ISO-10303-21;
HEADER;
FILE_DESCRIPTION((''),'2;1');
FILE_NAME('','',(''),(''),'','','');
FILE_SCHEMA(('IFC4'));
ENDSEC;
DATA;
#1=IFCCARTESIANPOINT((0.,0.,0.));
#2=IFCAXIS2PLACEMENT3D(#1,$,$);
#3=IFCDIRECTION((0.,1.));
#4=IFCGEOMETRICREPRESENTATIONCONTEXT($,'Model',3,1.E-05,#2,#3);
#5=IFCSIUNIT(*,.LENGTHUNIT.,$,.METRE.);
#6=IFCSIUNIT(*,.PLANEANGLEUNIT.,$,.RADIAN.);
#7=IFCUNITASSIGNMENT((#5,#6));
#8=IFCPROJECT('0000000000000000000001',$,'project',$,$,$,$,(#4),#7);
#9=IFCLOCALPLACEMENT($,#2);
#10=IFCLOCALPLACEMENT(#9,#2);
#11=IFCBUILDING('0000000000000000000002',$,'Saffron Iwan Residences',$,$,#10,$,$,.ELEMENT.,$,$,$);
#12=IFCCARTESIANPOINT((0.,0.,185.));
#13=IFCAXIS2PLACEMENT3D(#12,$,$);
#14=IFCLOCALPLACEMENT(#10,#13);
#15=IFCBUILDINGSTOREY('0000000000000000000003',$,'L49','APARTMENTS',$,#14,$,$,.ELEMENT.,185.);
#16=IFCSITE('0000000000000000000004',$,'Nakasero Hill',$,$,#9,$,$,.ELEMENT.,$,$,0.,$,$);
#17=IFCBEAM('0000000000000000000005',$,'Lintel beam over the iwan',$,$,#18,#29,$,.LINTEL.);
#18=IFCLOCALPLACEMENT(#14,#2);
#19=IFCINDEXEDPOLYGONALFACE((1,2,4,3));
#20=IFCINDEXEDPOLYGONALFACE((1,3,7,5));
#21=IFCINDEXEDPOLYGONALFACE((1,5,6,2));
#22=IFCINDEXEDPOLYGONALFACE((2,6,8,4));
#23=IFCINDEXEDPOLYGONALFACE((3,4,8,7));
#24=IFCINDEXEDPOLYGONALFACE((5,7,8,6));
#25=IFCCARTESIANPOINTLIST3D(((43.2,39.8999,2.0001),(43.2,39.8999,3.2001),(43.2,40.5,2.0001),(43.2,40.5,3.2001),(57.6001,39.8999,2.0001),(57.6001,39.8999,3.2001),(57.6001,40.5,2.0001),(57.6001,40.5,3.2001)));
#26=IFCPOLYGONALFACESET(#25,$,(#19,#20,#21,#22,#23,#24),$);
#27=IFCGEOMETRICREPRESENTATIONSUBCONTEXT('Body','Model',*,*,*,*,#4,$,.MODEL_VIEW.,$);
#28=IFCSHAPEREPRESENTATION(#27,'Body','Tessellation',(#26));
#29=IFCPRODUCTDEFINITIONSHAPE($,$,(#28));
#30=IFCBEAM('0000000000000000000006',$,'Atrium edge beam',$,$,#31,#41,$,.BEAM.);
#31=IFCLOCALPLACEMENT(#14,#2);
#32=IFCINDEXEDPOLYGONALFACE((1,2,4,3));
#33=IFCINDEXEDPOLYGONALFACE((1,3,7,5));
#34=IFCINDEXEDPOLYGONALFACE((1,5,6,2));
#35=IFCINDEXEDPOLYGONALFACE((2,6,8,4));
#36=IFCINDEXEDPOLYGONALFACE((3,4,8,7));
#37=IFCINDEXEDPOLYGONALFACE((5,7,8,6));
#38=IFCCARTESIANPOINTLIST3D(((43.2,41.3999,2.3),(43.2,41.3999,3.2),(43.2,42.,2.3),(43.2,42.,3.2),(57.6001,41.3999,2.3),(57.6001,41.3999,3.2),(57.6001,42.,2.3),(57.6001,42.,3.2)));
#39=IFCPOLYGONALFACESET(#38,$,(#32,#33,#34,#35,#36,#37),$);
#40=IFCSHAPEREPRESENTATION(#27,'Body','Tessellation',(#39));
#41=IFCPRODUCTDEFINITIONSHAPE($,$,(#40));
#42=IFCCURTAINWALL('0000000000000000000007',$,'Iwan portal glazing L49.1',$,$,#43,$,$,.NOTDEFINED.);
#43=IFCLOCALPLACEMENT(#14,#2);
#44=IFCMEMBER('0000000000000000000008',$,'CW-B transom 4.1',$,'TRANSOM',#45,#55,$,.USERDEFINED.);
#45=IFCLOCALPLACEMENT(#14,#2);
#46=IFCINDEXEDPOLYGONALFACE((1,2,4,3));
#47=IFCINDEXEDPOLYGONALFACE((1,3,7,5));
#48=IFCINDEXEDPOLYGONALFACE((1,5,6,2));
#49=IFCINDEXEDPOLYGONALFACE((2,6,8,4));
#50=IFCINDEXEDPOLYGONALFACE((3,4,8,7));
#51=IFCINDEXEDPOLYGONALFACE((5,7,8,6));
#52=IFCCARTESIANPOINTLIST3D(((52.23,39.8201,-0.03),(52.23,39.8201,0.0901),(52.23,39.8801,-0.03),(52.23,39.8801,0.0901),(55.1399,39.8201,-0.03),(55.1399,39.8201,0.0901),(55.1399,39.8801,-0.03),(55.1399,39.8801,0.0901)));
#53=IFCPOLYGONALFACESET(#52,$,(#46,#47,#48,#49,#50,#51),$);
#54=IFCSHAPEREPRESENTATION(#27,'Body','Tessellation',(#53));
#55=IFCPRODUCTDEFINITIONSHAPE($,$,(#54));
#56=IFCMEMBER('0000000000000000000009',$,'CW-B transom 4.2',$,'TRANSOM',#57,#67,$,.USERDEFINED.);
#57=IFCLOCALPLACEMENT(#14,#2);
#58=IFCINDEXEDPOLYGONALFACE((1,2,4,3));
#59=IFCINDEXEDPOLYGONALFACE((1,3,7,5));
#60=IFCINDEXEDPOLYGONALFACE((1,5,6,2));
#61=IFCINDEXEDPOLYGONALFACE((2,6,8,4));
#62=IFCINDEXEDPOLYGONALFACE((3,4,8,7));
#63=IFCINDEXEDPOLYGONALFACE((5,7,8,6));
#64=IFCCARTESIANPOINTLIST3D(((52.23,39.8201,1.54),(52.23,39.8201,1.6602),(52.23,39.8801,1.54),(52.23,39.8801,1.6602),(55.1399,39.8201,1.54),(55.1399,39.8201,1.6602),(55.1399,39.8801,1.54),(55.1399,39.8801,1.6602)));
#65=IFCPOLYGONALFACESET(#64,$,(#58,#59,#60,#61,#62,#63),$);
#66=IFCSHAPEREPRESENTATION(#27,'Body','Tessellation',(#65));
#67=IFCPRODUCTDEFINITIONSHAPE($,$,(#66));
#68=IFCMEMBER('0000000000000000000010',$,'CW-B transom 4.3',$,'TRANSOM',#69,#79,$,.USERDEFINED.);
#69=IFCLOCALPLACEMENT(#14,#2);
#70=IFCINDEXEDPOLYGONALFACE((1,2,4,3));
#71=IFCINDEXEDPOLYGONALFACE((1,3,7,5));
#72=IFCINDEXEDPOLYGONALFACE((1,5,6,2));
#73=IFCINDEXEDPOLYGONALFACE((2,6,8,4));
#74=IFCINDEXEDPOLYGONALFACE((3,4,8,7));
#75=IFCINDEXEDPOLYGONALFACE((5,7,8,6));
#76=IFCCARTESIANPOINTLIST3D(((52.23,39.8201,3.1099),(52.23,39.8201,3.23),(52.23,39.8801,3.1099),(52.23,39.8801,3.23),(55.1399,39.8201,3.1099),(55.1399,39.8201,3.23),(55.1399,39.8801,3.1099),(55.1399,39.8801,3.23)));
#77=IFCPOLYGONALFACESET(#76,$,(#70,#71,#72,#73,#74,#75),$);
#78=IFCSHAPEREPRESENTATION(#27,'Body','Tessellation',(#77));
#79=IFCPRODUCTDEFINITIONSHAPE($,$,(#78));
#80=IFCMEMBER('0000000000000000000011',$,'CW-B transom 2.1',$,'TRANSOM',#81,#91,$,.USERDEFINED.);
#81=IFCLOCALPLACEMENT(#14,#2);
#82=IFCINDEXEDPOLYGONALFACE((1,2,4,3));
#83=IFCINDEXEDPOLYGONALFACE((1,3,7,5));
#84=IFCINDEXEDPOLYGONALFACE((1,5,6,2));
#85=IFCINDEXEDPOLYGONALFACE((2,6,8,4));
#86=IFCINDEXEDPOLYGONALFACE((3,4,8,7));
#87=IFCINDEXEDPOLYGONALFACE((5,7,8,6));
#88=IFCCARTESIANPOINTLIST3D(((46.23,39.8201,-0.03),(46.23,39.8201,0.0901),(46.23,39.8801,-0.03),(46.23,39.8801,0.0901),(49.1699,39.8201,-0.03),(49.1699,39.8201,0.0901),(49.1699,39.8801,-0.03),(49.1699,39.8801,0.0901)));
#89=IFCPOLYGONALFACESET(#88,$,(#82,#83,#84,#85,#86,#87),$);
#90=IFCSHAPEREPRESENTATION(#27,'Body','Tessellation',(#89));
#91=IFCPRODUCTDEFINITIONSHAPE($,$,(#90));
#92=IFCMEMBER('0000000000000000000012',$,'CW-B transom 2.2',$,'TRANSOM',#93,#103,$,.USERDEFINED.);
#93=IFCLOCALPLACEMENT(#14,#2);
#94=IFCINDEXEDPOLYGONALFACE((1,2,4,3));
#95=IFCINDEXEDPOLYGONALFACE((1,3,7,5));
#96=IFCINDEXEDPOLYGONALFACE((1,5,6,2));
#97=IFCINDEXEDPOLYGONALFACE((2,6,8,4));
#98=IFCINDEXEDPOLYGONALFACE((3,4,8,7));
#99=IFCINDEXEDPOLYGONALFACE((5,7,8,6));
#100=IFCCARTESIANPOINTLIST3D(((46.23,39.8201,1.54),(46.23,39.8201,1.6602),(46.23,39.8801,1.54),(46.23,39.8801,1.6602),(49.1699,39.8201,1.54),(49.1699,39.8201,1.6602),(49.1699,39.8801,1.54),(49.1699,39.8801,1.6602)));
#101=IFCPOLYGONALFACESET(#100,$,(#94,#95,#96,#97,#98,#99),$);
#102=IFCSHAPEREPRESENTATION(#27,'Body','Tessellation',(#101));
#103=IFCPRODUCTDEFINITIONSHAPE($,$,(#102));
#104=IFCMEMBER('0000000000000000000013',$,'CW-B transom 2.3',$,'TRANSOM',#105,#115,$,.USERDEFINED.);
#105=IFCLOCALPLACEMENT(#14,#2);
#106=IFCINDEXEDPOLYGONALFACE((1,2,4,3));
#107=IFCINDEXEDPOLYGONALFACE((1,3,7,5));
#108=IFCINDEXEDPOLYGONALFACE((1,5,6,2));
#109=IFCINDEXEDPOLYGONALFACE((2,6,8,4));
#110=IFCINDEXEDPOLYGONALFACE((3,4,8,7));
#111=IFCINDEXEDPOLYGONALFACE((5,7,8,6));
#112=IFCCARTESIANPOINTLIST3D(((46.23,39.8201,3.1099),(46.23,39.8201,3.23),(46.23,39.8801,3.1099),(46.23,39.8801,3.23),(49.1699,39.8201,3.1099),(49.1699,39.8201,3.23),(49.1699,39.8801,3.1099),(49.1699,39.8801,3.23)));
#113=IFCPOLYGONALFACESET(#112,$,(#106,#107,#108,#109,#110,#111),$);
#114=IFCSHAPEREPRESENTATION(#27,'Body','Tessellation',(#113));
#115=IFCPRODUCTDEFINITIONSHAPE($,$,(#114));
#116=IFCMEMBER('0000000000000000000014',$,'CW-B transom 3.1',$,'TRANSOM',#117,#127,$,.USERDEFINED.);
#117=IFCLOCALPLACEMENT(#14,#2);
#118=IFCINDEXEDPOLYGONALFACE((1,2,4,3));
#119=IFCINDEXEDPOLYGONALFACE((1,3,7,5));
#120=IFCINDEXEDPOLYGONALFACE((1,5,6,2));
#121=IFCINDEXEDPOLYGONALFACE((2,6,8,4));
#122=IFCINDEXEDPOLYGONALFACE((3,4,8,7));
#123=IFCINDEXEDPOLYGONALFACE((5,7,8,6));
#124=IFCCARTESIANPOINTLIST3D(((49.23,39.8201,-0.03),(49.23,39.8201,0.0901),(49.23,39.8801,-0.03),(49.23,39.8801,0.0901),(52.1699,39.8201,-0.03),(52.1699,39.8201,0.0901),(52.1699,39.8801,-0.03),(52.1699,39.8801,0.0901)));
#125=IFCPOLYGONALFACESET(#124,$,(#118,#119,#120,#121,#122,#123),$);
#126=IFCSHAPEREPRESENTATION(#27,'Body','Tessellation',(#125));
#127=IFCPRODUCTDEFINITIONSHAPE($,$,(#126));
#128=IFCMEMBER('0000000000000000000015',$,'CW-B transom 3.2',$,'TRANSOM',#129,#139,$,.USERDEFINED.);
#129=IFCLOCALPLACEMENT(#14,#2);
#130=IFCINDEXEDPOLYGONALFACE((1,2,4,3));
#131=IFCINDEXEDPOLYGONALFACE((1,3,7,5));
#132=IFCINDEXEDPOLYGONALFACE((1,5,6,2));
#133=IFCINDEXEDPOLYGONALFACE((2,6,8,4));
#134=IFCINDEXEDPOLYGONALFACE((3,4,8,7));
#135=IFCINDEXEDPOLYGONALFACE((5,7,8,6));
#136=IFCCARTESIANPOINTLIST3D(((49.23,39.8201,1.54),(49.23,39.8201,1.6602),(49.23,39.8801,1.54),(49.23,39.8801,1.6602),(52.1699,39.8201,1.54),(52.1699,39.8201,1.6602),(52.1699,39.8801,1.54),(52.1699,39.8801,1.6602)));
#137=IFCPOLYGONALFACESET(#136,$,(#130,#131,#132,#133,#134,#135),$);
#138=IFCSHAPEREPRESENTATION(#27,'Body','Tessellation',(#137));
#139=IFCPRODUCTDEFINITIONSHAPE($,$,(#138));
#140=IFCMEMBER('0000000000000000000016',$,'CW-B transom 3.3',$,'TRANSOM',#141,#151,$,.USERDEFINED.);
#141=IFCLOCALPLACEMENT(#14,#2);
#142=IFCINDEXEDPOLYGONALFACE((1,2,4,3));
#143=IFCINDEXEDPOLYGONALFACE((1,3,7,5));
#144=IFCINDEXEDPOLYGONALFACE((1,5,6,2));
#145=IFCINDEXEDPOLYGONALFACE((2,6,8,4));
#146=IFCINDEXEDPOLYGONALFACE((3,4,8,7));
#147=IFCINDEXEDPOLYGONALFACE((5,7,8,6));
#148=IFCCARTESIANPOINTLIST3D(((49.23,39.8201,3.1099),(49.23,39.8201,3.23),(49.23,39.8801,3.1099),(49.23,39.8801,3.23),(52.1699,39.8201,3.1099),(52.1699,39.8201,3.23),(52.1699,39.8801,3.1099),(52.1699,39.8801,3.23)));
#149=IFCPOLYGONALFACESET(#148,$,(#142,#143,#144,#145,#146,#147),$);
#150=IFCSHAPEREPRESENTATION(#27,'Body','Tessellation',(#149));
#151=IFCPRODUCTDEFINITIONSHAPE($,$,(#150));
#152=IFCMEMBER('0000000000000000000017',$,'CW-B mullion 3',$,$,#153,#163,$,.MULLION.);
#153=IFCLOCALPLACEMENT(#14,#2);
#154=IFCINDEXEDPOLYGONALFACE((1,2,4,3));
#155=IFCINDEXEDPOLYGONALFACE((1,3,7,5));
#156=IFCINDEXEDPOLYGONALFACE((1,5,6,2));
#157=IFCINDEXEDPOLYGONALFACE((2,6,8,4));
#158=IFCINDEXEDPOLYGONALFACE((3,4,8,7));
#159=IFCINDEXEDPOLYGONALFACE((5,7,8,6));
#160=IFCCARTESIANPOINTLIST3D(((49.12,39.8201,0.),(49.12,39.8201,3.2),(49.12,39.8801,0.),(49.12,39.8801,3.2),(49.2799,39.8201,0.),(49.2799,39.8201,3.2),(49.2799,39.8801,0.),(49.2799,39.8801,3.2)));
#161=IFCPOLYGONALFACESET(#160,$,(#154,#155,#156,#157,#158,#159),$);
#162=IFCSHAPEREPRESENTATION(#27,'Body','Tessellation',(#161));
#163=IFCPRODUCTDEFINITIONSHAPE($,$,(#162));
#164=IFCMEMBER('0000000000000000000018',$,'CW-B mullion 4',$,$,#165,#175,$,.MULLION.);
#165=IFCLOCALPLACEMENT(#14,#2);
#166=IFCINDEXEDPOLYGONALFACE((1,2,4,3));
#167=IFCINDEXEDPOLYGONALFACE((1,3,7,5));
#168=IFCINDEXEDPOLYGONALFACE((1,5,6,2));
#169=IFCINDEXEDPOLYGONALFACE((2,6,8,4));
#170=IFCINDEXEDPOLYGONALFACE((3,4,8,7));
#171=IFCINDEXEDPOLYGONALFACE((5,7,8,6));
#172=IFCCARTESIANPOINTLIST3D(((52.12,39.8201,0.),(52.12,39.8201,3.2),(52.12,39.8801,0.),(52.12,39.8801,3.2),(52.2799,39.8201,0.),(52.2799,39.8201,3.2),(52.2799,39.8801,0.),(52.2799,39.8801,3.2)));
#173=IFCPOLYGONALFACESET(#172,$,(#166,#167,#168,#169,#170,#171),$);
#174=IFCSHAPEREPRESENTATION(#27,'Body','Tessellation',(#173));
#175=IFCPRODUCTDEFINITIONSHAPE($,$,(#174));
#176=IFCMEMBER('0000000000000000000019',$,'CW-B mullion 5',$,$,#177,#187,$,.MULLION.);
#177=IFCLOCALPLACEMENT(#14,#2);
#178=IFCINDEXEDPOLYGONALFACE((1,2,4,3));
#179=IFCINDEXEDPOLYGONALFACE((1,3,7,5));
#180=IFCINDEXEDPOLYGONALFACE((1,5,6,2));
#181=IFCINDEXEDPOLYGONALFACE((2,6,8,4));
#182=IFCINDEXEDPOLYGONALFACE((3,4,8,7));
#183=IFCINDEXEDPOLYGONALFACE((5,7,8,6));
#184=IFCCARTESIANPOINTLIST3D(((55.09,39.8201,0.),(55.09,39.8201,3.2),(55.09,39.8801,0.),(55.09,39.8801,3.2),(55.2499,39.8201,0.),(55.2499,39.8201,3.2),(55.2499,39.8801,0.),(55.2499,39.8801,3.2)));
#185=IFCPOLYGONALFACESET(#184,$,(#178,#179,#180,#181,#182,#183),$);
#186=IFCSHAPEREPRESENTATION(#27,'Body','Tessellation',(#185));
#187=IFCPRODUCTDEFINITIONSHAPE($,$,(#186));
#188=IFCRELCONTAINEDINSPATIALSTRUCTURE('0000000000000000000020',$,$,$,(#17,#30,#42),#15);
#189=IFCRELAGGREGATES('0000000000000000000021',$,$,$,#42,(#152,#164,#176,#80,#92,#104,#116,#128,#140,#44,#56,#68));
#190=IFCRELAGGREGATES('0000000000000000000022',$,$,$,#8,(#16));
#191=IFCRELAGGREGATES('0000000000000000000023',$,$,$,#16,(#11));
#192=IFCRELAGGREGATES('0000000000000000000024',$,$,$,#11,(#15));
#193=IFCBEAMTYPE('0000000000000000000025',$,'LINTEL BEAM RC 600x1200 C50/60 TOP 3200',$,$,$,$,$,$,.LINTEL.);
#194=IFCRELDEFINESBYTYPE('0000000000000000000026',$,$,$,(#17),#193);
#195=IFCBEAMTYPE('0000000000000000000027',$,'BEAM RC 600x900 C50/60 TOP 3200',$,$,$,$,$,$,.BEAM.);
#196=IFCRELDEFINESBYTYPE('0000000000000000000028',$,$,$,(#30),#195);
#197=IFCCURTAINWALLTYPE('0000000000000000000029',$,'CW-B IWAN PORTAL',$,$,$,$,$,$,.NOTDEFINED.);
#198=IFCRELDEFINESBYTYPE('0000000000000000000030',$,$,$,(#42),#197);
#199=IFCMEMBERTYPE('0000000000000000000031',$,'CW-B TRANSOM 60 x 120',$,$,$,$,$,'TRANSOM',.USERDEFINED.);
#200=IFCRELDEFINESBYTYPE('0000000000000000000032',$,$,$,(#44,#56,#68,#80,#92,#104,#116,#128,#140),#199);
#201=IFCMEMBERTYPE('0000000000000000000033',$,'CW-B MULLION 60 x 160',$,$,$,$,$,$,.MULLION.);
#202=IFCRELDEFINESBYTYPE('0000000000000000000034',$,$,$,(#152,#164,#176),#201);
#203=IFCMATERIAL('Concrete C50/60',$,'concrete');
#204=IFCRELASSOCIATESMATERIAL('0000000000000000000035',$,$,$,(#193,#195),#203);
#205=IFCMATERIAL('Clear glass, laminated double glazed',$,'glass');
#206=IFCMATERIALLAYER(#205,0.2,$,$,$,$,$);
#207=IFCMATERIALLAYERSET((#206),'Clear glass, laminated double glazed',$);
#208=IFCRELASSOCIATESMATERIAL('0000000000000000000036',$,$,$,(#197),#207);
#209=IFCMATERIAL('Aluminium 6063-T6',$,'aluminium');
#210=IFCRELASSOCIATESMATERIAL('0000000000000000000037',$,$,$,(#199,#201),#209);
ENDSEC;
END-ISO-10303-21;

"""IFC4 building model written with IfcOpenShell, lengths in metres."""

from ifc_helpers import new_model, si_unit, direction, frame, origin, origin_2d, place, context, subcontext, project, spatial, rectangle, extrude, source, transform, mapped, material, layer, layer_set, material_profile, profile_set, type_object, element, aggregate, save


model = new_model("IFC4")

# Units and contexts
model_context = context("Model", 3, precision=1e-05, world=origin(), true_north=direction((0.0, 1.0)))
body_context = subcontext(model_context, "Body", "Model", "MODEL_VIEW")
ifc_project = project(units=[si_unit("LENGTHUNIT", "METRE"), si_unit("PLANEANGLEUNIT", "RADIAN")], contexts=[model_context])

# Site, building, storey
site_placement = place(None, origin())
site = spatial("IfcSite", under=ifc_project, at=site_placement, Name="Nakasero Hill", CompositionType="ELEMENT", RefElevation=0.0)
building_placement = place(site_placement, origin())
building = spatial("IfcBuilding", under=site, at=building_placement, Name="Saffron Iwan Residences", CompositionType="ELEMENT")
storey_placement = place(building_placement, frame((0.0, 0.0, 185.0)))
storey = spatial("IfcBuildingStorey", under=building, at=storey_placement, Name="L49", Description="APARTMENTS", CompositionType="ELEMENT", Elevation=185.0)

# Beams
ifc_material_1 = material(Name="Concrete C50/60", Category="concrete")
ifc_material_profile_1 = material_profile(ifc_material_1, rectangle(XDim=0.6001, YDim=1.2, at=origin_2d()), Name="RC 600x1200")
ifc_profile_set_1 = profile_set([ifc_material_profile_1], Name="Concrete C50/60")
beam_type_1 = type_object("IfcBeamType", Name="LINTEL BEAM RC 600x1200 C50/60 TOP 3200", PredefinedType="LINTEL", material=ifc_profile_set_1)
shared_shape_1 = source(origin(), body_context, "Body", "SweptSolid", [
    extrude(rectangle(XDim=0.6001, YDim=1.2, at=origin_2d()), origin(), (0.0, 0.0, 1.0), 14.4001),
])
beam_1_placement = place(storey_placement, frame((57.6001, 40.2, 2.6001), z_axis=(-1.0, 0.0, 0.0), x_axis=(0.0, -1.0, 0.0)))
element("IfcBeam", 1, at=beam_1_placement, inside=storey, type_object=beam_type_1, Name="Lintel beam over the iwan", PredefinedType="LINTEL", context=body_context, shape_type="MappedRepresentation", body=[
    mapped(shared_shape_1, transform((0.0, 0.0, 0.0))),
])
ifc_material_profile_2 = material_profile(ifc_material_1, rectangle(XDim=0.6001, YDim=0.8999, at=origin_2d()), Name="RC 600x900")
ifc_profile_set_2 = profile_set([ifc_material_profile_2], Name="Concrete C50/60")
beam_type_2 = type_object("IfcBeamType", Name="BEAM RC 600x900 C50/60 TOP 3200", PredefinedType="BEAM", material=ifc_profile_set_2)
shared_shape_2 = source(origin(), body_context, "Body", "SweptSolid", [
    extrude(rectangle(XDim=0.6001, YDim=0.8999, at=origin_2d()), origin(), (0.0, 0.0, 1.0), 14.4001),
])
beam_2_placement = place(storey_placement, frame((57.6001, 41.7, 2.75), z_axis=(-1.0, 0.0, 0.0), x_axis=(0.0, -1.0, 0.0)))
element("IfcBeam", 2, at=beam_2_placement, inside=storey, type_object=beam_type_2, Name="Atrium edge beam", PredefinedType="BEAM", context=body_context, shape_type="MappedRepresentation", body=[
    mapped(shared_shape_2, transform((0.0, 0.0, 0.0))),
])

# Curtain wall, members
ifc_material_2 = material(Name="Clear glass, laminated double glazed", Category="glass")
ifc_layer_1 = layer(ifc_material_2, 0.2)
ifc_layer_set_1 = layer_set([ifc_layer_1], Name="Clear glass, laminated double glazed")
curtain_wall_type = type_object("IfcCurtainWallType", Name="CW-B IWAN PORTAL", PredefinedType="NOTDEFINED", material=ifc_layer_set_1)
curtain_wall_placement = place(storey_placement, origin())
curtain_wall = element("IfcCurtainWall", 3, at=curtain_wall_placement, inside=storey, type_object=curtain_wall_type, Name="Iwan portal glazing L49.1", PredefinedType="NOTDEFINED")
ifc_material_3 = material(Name="Aluminium 6063-T6", Category="aluminium")
ifc_material_profile_3 = material_profile(ifc_material_3, rectangle(XDim=0.0601, YDim=0.1201, at=origin_2d()), Name="CW-B TRANSOM 60 x 120")
ifc_profile_set_3 = profile_set([ifc_material_profile_3], Name="Aluminium 6063-T6")
member_type_1 = type_object("IfcMemberType", Name="CW-B TRANSOM 60 x 120", ElementType="TRANSOM", PredefinedType="USERDEFINED", material=ifc_profile_set_3)
shared_shape_3 = source(origin(), body_context, "Body", "SweptSolid", [
    extrude(rectangle(XDim=0.0601, YDim=0.1201, at=origin_2d()), origin(), (0.0, 0.0, 1.0), 2.9099),
])
member_1_placement = place(storey_placement, frame((52.23, 39.8501, 0.03), z_axis=(1.0, 0.0, 0.0), x_axis=(0.0, 1.0, 0.0)))
member_1 = element("IfcMember", 4, at=member_1_placement, type_object=member_type_1, Name="CW-B transom 4.1", ObjectType="TRANSOM", PredefinedType="USERDEFINED", context=body_context, shape_type="MappedRepresentation", body=[
    mapped(shared_shape_3, transform((0.0, 0.0, 0.0))),
])
member_2_placement = place(storey_placement, frame((52.23, 39.8501, 1.6001), z_axis=(1.0, 0.0, 0.0), x_axis=(0.0, 1.0, 0.0)))
member_2 = element("IfcMember", 5, at=member_2_placement, type_object=member_type_1, Name="CW-B transom 4.2", ObjectType="TRANSOM", PredefinedType="USERDEFINED", context=body_context, shape_type="MappedRepresentation", body=[
    mapped(shared_shape_3, transform((0.0, 0.0, 0.0))),
])
member_3_placement = place(storey_placement, frame((52.23, 39.8501, 3.1699), z_axis=(1.0, 0.0, 0.0), x_axis=(0.0, 1.0, 0.0)))
member_3 = element("IfcMember", 6, at=member_3_placement, type_object=member_type_1, Name="CW-B transom 4.3", ObjectType="TRANSOM", PredefinedType="USERDEFINED", context=body_context, shape_type="MappedRepresentation", body=[
    mapped(shared_shape_3, transform((0.0, 0.0, 0.0))),
])
shared_shape_4 = source(origin(), body_context, "Body", "SweptSolid", [
    extrude(rectangle(XDim=0.0601, YDim=0.1201, at=origin_2d()), origin(), (0.0, 0.0, 1.0), 2.9399),
])
member_4_placement = place(storey_placement, frame((46.23, 39.8501, 0.03), z_axis=(1.0, 0.0, 0.0), x_axis=(0.0, 1.0, 0.0)))
member_4 = element("IfcMember", 7, at=member_4_placement, type_object=member_type_1, Name="CW-B transom 2.1", ObjectType="TRANSOM", PredefinedType="USERDEFINED", context=body_context, shape_type="MappedRepresentation", body=[
    mapped(shared_shape_4, transform((0.0, 0.0, 0.0))),
])
member_5_placement = place(storey_placement, frame((46.23, 39.8501, 1.6001), z_axis=(1.0, 0.0, 0.0), x_axis=(0.0, 1.0, 0.0)))
member_5 = element("IfcMember", 8, at=member_5_placement, type_object=member_type_1, Name="CW-B transom 2.2", ObjectType="TRANSOM", PredefinedType="USERDEFINED", context=body_context, shape_type="MappedRepresentation", body=[
    mapped(shared_shape_4, transform((0.0, 0.0, 0.0))),
])
member_6_placement = place(storey_placement, frame((46.23, 39.8501, 3.1699), z_axis=(1.0, 0.0, 0.0), x_axis=(0.0, 1.0, 0.0)))
member_6 = element("IfcMember", 9, at=member_6_placement, type_object=member_type_1, Name="CW-B transom 2.3", ObjectType="TRANSOM", PredefinedType="USERDEFINED", context=body_context, shape_type="MappedRepresentation", body=[
    mapped(shared_shape_4, transform((0.0, 0.0, 0.0))),
])
member_7_placement = place(storey_placement, frame((49.23, 39.8501, 0.03), z_axis=(1.0, 0.0, 0.0), x_axis=(0.0, 1.0, 0.0)))
member_7 = element("IfcMember", 10, at=member_7_placement, type_object=member_type_1, Name="CW-B transom 3.1", ObjectType="TRANSOM", PredefinedType="USERDEFINED", context=body_context, shape_type="MappedRepresentation", body=[
    mapped(shared_shape_4, transform((0.0, 0.0, 0.0))),
])
member_8_placement = place(storey_placement, frame((49.23, 39.8501, 1.6001), z_axis=(1.0, 0.0, 0.0), x_axis=(0.0, 1.0, 0.0)))
member_8 = element("IfcMember", 11, at=member_8_placement, type_object=member_type_1, Name="CW-B transom 3.2", ObjectType="TRANSOM", PredefinedType="USERDEFINED", context=body_context, shape_type="MappedRepresentation", body=[
    mapped(shared_shape_4, transform((0.0, 0.0, 0.0))),
])
member_9_placement = place(storey_placement, frame((49.23, 39.8501, 3.1699), z_axis=(1.0, 0.0, 0.0), x_axis=(0.0, 1.0, 0.0)))
member_9 = element("IfcMember", 12, at=member_9_placement, type_object=member_type_1, Name="CW-B transom 3.3", ObjectType="TRANSOM", PredefinedType="USERDEFINED", context=body_context, shape_type="MappedRepresentation", body=[
    mapped(shared_shape_4, transform((0.0, 0.0, 0.0))),
])
ifc_material_profile_4 = material_profile(ifc_material_3, rectangle(XDim=0.0601, YDim=0.1599, at=origin_2d()), Name="CW-B MULLION 60 x 160")
ifc_profile_set_4 = profile_set([ifc_material_profile_4], Name="Aluminium 6063-T6")
member_type_2 = type_object("IfcMemberType", Name="CW-B MULLION 60 x 160", PredefinedType="MULLION", material=ifc_profile_set_4)
shared_shape_5 = source(origin(), body_context, "Body", "SweptSolid", [
    extrude(rectangle(XDim=0.0601, YDim=0.1599, at=origin_2d()), origin(), (0.0, 0.0, 1.0), 3.2),
])
member_10_placement = place(storey_placement, frame((49.2, 39.8501, 0.0), z_axis=(0.0, 0.0, 1.0), x_axis=(0.0, 1.0, 0.0)))
member_10 = element("IfcMember", 13, at=member_10_placement, type_object=member_type_2, Name="CW-B mullion 3", PredefinedType="MULLION", context=body_context, shape_type="MappedRepresentation", body=[
    mapped(shared_shape_5, transform((0.0, 0.0, 0.0))),
])
member_11_placement = place(storey_placement, frame((52.2, 39.8501, 0.0), z_axis=(0.0, 0.0, 1.0), x_axis=(0.0, 1.0, 0.0)))
member_11 = element("IfcMember", 14, at=member_11_placement, type_object=member_type_2, Name="CW-B mullion 4", PredefinedType="MULLION", context=body_context, shape_type="MappedRepresentation", body=[
    mapped(shared_shape_5, transform((0.0, 0.0, 0.0))),
])
member_12_placement = place(storey_placement, frame((55.1699, 39.8501, 0.0), z_axis=(0.0, 0.0, 1.0), x_axis=(0.0, 1.0, 0.0)))
member_12 = element("IfcMember", 15, at=member_12_placement, type_object=member_type_2, Name="CW-B mullion 5", PredefinedType="MULLION", context=body_context, shape_type="MappedRepresentation", body=[
    mapped(shared_shape_5, transform((0.0, 0.0, 0.0))),
])
aggregate(curtain_wall, [member_10, member_11, member_12, member_4, member_5, member_6, member_7, member_8, member_9, member_1, member_2, member_3])

save(model, "model.ifc")
